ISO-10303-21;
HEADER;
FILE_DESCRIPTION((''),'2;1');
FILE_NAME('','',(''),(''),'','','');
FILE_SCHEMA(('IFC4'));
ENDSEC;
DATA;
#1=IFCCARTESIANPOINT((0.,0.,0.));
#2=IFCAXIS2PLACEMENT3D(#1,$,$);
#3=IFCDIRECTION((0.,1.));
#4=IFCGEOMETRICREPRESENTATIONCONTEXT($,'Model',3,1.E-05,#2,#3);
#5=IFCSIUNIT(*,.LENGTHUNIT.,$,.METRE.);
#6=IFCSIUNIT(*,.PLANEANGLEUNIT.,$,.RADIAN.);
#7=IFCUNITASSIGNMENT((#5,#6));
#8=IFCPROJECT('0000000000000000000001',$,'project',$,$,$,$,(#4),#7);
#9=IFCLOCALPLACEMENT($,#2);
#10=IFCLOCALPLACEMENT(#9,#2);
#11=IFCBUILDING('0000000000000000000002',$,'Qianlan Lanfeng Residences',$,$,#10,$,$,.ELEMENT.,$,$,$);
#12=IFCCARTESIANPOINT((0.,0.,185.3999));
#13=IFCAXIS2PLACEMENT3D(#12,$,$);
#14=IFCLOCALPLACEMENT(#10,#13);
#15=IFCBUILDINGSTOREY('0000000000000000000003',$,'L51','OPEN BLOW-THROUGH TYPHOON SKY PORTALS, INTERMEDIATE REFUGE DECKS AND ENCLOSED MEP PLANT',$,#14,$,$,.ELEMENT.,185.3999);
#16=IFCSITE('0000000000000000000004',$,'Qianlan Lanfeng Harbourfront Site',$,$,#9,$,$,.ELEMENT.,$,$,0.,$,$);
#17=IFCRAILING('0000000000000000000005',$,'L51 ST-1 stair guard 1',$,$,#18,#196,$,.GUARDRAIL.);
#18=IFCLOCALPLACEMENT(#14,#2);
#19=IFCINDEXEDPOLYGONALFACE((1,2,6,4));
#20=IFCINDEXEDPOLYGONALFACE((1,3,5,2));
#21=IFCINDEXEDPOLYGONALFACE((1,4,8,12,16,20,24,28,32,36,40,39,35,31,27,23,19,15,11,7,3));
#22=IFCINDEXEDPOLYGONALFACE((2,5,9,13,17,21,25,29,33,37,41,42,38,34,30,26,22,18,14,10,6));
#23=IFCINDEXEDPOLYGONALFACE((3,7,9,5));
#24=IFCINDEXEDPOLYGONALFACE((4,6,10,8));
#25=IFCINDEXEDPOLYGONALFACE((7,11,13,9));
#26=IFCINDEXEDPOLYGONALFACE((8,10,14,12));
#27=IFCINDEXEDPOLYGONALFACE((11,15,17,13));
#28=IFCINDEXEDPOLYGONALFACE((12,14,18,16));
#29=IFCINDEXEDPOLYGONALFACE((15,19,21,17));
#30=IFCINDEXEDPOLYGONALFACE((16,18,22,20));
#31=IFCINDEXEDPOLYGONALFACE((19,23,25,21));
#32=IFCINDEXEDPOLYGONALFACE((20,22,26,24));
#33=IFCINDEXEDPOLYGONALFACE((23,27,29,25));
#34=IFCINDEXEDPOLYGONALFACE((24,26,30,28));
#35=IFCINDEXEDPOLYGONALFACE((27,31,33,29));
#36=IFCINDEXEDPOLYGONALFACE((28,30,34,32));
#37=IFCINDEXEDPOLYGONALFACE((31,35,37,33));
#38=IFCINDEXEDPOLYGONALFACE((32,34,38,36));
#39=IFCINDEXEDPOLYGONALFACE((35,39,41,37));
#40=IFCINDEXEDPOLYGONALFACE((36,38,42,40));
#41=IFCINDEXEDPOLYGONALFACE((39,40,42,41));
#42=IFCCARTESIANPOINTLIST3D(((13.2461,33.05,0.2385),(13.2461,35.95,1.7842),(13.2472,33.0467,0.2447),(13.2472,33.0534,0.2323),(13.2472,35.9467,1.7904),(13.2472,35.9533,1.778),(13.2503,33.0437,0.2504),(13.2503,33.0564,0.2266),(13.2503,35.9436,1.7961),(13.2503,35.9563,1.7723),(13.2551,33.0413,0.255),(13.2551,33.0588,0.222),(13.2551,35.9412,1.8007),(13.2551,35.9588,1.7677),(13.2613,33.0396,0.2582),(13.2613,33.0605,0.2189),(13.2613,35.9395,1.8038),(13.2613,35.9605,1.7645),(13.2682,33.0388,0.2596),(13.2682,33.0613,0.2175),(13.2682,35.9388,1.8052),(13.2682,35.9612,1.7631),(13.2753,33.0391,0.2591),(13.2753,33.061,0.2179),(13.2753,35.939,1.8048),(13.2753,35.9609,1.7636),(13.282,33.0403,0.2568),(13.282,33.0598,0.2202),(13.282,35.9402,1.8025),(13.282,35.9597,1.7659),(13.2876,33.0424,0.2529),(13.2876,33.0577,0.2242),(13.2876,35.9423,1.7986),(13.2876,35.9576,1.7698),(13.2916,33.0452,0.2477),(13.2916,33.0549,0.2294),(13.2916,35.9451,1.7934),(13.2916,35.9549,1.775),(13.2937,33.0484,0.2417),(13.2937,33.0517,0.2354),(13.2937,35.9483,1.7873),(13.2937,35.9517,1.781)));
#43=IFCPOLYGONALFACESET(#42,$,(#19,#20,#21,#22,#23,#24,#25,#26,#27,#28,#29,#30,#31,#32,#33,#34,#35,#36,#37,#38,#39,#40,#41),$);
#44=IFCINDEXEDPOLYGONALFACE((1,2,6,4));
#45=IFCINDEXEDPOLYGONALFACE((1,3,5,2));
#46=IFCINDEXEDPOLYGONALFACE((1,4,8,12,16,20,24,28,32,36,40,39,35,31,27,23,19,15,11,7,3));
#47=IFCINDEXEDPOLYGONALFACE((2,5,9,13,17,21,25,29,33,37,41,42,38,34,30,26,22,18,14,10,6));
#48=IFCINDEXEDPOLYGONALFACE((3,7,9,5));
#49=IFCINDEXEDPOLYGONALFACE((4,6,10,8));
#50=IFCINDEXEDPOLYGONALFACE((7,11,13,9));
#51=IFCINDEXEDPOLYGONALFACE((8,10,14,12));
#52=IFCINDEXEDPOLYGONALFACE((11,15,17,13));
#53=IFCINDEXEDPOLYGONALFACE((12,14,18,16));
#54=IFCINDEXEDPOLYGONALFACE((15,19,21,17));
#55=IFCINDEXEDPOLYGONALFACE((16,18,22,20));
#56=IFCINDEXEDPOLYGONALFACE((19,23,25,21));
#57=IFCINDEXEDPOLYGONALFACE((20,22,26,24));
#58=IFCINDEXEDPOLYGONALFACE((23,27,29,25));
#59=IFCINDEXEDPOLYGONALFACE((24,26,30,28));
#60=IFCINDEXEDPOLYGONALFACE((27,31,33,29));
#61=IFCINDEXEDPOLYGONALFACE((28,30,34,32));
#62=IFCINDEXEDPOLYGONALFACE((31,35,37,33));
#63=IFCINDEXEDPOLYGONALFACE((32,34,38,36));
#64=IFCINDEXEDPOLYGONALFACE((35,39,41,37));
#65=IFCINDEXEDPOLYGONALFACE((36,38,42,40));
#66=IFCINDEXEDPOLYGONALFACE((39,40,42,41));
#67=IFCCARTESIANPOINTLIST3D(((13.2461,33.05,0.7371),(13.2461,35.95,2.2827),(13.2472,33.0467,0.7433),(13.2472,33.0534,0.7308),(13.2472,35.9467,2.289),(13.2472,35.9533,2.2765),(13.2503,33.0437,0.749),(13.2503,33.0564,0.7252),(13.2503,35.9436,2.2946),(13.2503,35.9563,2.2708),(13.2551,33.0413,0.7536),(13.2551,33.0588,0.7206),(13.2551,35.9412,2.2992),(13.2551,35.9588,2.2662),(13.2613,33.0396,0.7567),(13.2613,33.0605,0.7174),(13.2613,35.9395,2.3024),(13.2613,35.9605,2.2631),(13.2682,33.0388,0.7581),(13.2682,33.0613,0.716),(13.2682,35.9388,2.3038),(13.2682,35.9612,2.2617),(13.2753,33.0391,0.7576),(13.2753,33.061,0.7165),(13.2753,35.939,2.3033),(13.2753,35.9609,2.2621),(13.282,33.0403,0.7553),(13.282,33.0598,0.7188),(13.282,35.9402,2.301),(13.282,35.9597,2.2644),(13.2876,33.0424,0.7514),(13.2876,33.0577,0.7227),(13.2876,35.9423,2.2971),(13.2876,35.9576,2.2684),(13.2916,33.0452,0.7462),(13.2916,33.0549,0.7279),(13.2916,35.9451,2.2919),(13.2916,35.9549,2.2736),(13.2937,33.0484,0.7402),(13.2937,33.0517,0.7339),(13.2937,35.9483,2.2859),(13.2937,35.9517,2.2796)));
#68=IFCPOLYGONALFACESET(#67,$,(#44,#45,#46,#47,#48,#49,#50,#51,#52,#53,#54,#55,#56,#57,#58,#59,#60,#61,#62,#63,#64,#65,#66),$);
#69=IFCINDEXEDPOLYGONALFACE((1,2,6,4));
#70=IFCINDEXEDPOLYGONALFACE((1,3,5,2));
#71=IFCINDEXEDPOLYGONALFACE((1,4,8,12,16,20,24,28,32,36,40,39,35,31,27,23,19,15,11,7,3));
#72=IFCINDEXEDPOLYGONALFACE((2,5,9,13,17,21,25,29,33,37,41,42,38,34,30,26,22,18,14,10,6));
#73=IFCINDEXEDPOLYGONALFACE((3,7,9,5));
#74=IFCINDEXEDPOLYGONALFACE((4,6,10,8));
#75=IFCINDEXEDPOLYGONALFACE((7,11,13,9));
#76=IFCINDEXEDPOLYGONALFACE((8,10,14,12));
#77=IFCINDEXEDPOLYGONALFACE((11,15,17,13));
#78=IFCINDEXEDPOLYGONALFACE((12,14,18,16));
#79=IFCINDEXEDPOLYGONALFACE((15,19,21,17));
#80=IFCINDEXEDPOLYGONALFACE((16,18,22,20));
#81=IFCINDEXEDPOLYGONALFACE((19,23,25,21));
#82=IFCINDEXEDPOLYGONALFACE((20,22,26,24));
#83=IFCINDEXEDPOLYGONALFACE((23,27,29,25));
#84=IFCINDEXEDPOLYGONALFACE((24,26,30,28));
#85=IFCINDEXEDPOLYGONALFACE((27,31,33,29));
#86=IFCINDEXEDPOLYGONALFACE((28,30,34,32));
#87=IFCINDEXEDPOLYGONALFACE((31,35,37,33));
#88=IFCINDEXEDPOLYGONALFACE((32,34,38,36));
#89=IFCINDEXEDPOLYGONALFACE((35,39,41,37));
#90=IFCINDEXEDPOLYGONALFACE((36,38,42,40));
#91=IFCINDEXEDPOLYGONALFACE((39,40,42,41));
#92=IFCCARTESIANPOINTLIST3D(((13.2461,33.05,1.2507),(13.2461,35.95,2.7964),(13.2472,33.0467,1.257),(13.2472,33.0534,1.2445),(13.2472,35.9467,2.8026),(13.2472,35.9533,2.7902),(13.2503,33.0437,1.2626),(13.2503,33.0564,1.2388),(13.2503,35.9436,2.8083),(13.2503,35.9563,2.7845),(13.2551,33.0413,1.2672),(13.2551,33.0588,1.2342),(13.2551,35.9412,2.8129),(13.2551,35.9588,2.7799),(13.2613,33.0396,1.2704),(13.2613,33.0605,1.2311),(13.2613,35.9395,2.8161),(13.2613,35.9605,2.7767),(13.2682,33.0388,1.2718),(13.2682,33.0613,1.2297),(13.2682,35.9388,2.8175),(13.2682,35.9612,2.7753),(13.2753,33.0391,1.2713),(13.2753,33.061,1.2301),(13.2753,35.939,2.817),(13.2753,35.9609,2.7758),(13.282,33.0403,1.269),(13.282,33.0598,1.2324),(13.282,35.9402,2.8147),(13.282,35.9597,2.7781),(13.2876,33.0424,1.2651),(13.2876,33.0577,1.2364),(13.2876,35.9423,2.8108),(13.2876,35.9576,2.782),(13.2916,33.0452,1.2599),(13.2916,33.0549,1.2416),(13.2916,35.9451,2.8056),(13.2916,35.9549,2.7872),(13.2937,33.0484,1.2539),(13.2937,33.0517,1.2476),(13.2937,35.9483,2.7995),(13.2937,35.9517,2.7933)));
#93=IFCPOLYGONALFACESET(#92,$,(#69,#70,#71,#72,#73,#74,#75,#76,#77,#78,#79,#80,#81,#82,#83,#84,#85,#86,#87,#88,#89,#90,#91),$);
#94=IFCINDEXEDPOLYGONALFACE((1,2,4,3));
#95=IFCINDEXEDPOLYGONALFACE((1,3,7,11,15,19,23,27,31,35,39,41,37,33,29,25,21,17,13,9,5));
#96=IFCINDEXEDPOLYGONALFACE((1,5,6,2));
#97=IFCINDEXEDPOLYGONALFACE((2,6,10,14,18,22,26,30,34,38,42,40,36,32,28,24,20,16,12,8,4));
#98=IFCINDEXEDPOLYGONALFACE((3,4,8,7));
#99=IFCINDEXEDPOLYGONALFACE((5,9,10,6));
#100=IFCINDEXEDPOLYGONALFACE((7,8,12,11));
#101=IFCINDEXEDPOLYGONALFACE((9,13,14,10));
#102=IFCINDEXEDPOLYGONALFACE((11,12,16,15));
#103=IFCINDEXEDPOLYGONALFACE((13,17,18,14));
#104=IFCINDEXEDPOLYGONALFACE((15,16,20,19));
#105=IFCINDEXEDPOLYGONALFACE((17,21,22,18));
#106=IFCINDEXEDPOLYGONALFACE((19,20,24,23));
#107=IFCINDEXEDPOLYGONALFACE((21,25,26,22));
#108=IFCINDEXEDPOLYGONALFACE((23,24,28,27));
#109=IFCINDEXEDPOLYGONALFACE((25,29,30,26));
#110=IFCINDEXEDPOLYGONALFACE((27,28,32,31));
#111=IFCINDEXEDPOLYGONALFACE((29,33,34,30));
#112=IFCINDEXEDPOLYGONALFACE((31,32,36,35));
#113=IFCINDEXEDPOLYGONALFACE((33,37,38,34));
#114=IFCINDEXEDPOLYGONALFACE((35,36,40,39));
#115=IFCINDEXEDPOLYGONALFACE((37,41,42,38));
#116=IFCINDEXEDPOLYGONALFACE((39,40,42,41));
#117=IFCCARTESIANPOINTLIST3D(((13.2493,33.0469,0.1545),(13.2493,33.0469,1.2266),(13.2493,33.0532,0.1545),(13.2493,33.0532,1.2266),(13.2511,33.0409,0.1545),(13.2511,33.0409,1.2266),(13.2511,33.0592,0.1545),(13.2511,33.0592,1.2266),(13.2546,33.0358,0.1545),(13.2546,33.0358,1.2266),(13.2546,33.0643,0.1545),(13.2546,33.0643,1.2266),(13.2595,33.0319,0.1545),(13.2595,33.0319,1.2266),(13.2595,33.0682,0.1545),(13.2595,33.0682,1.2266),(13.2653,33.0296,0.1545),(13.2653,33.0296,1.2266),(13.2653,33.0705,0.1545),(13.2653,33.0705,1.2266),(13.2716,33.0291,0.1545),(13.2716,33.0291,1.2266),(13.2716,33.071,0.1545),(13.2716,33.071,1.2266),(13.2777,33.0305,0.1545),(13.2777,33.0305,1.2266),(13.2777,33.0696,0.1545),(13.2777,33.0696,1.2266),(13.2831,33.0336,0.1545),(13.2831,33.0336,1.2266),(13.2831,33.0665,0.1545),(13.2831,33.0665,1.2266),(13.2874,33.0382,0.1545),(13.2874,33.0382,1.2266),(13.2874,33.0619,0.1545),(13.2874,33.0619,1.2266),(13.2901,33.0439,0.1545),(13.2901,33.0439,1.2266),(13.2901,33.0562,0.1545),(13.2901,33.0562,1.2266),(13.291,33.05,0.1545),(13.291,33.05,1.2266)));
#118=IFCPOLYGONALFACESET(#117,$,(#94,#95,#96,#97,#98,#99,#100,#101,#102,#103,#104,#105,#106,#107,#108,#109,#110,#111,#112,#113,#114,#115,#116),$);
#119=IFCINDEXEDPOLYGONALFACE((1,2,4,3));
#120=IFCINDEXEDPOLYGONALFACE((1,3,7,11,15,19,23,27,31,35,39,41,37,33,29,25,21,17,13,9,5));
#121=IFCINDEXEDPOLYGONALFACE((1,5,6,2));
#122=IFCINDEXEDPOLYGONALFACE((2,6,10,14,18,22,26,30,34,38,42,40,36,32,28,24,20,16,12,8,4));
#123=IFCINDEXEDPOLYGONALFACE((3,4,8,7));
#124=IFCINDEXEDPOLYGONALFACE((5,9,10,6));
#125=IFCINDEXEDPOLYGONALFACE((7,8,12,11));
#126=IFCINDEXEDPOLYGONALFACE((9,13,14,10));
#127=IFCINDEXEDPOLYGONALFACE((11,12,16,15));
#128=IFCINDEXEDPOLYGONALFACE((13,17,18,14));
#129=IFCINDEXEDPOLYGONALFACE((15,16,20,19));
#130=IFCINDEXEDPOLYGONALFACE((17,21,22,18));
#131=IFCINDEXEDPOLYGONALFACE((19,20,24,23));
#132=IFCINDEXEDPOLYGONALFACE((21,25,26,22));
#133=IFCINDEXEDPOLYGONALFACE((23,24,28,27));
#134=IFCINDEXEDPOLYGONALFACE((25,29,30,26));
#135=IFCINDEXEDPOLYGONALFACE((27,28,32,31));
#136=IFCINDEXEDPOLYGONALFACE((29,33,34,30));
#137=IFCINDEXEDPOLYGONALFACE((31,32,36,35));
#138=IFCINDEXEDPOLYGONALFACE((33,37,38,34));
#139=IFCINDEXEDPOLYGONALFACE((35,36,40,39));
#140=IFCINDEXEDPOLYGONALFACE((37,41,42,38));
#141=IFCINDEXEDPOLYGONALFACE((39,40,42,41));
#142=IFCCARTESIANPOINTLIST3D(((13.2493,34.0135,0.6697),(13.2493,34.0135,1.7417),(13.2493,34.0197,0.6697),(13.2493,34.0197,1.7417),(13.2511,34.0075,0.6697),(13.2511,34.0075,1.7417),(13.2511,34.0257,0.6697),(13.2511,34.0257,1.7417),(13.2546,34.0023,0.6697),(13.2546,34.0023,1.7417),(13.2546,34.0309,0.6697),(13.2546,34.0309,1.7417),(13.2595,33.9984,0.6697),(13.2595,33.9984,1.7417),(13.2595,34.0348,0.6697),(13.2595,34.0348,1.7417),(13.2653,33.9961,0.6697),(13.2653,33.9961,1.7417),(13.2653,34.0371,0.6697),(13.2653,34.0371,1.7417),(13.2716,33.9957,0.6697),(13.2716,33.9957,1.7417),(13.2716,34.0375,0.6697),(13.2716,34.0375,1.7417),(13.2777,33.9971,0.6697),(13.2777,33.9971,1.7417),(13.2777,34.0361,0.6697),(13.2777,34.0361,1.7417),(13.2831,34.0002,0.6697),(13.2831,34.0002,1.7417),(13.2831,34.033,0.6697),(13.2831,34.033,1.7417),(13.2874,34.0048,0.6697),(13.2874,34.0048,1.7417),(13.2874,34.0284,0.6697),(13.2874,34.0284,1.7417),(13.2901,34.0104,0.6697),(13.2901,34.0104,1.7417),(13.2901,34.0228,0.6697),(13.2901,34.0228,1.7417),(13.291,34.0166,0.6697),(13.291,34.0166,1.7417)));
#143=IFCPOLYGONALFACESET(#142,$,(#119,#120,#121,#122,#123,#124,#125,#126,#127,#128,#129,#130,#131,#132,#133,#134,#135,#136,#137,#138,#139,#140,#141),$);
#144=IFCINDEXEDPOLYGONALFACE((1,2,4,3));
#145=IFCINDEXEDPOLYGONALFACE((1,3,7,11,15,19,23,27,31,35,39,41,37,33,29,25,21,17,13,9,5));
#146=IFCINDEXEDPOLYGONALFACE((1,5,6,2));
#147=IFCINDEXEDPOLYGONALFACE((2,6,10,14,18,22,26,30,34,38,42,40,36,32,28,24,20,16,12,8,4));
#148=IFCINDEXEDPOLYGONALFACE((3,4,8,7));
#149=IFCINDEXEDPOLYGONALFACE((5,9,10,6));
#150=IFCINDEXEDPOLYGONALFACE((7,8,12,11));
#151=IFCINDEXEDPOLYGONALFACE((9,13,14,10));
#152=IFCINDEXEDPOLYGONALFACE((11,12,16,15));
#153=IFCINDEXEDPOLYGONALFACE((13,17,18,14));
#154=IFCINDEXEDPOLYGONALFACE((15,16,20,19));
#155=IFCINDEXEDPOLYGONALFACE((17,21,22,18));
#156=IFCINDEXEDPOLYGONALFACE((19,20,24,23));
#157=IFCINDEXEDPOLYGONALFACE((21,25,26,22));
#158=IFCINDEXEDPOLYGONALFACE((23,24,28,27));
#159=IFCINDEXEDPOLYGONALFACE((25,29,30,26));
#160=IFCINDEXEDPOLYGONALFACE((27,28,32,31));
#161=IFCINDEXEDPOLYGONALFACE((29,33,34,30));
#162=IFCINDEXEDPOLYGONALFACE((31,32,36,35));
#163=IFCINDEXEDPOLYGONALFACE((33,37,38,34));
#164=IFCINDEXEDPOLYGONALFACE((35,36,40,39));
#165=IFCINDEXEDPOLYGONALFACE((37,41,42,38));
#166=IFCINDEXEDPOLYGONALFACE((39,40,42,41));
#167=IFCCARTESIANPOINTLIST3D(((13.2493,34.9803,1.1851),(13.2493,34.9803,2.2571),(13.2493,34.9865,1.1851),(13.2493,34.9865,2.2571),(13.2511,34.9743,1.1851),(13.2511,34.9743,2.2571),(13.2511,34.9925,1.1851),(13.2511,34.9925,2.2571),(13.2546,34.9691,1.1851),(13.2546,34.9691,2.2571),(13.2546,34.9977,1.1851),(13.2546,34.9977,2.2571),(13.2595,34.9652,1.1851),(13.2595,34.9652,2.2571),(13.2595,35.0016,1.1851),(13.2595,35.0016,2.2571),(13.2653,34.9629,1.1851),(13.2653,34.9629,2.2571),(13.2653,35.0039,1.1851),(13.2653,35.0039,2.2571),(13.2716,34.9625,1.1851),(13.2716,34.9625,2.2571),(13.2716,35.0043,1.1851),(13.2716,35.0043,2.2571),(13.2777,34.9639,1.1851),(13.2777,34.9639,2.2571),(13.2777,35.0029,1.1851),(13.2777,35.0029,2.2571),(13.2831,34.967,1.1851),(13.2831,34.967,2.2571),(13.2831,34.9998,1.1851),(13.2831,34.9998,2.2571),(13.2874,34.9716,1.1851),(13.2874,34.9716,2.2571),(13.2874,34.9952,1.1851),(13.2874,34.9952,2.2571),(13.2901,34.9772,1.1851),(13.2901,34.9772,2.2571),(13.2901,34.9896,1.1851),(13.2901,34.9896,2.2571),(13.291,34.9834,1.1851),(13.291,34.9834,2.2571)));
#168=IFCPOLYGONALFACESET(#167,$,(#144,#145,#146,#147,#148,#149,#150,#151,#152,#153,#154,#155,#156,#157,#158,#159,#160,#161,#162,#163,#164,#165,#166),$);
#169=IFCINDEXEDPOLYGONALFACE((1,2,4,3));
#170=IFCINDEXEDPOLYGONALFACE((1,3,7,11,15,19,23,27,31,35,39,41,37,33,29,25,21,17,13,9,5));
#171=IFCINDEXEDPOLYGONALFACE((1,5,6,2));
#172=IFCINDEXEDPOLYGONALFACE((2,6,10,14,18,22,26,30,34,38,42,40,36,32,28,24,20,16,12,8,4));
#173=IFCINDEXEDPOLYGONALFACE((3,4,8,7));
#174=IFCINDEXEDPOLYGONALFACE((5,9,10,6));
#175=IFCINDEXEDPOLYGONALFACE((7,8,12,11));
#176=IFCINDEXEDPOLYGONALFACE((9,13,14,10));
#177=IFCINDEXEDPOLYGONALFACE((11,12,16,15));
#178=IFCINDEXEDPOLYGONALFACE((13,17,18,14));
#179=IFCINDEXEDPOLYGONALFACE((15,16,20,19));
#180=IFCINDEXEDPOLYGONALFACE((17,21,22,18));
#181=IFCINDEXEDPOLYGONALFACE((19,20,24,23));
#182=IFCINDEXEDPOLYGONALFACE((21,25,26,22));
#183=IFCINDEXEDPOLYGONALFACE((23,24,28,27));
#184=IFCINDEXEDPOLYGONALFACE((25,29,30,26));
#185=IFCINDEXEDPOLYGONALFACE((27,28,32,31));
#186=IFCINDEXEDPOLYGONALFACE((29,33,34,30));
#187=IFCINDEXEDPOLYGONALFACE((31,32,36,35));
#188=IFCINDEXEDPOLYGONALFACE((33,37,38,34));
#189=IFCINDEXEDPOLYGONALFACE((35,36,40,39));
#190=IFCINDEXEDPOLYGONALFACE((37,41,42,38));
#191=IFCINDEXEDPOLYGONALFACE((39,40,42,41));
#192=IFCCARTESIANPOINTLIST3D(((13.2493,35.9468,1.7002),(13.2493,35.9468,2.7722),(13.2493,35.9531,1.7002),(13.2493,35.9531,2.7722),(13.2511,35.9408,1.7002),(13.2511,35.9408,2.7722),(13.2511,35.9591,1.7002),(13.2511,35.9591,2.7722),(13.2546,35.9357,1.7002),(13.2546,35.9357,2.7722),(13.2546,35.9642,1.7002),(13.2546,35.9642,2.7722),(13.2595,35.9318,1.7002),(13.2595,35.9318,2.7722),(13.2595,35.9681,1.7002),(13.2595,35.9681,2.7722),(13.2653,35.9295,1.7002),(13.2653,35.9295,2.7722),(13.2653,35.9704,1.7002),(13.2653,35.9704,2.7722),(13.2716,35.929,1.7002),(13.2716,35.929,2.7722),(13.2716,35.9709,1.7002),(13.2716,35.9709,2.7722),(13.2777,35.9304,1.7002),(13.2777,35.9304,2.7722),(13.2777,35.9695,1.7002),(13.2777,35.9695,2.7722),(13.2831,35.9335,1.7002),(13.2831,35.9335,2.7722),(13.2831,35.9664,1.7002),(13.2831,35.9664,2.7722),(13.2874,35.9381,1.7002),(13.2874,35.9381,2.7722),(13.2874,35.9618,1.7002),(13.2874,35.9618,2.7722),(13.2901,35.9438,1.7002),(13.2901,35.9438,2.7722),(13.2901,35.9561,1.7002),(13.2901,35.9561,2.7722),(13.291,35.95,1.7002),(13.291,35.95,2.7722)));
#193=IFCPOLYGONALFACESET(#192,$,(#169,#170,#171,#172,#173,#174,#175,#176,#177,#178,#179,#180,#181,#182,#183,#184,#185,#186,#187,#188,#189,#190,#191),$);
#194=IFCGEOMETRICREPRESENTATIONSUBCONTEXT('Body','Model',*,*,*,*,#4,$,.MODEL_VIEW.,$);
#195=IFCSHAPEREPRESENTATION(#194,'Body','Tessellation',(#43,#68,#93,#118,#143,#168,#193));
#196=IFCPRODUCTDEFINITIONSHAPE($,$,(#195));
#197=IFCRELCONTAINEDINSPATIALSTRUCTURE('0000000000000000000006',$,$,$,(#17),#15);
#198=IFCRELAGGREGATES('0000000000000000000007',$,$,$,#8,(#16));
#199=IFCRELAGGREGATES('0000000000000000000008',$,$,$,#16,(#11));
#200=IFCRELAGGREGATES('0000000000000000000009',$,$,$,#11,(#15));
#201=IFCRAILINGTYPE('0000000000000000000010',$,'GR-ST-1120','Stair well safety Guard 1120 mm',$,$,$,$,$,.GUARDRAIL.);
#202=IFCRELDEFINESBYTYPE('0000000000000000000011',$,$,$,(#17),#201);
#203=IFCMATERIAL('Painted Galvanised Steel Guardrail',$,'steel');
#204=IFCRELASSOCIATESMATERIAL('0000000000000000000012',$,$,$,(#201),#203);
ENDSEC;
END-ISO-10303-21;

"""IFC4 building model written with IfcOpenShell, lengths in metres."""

from ifc_helpers import new_model, si_unit, direction, frame, origin, origin_2d, place, context, subcontext, project, spatial, circle, extrude, material, type_object, element, save


model = new_model("IFC4")

# Units and contexts
model_context = context("Model", 3, precision=1e-05, world=origin(), true_north=direction((0.0, 1.0)))
body_context = subcontext(model_context, "Body", "Model", "MODEL_VIEW")
ifc_project = project(units=[si_unit("LENGTHUNIT", "METRE"), si_unit("PLANEANGLEUNIT", "RADIAN")], contexts=[model_context])

# Site, building, storey
site_placement = place(None, origin())
site = spatial("IfcSite", under=ifc_project, at=site_placement, Name="Qianlan Lanfeng Harbourfront Site", CompositionType="ELEMENT", RefElevation=0.0)
building_placement = place(site_placement, origin())
building = spatial("IfcBuilding", under=site, at=building_placement, Name="Qianlan Lanfeng Residences", CompositionType="ELEMENT")
storey_placement = place(building_placement, frame((0.0, 0.0, 185.3999)))
storey = spatial("IfcBuildingStorey", under=building, at=storey_placement, Name="L51", Description="OPEN BLOW-THROUGH TYPHOON SKY PORTALS, INTERMEDIATE REFUGE DECKS AND ENCLOSED MEP PLANT", CompositionType="ELEMENT", Elevation=185.3999)

# Railing
ifc_material_1 = material(Name="Painted Galvanised Steel Guardrail", Category="steel")
railing_type_1 = type_object("IfcRailingType", Name="GR-ST-1120", Description="Stair well safety Guard 1120 mm", PredefinedType="GUARDRAIL", material=ifc_material_1)
railing_1_placement = place(storey_placement, frame((13.27, 33.05, 0.1545)))
element("IfcRailing", 1, at=railing_1_placement, inside=storey, type_object=railing_type_1, Name="L51 ST-1 stair guard 1", PredefinedType="GUARDRAIL", context=body_context, shape_type="SweptSolid", body=[
    extrude(circle(Radius=0.0239, at=origin_2d()), frame((0.0, 0.0, 0.084), z_axis=(0.0, 0.882474, 0.470361), x_axis=(-1.0, 0.0, 0.0)), (0.0, 0.0, 1.0), 3.2861),
    extrude(circle(Radius=0.0239, at=origin_2d()), frame((0.0, 0.0, 0.5825), z_axis=(0.0, 0.882474, 0.470361), x_axis=(-1.0, 0.0, 0.0)), (0.0, 0.0, 1.0), 3.2861),
    extrude(circle(Radius=0.0239, at=origin_2d()), frame((0.0, 0.0, 1.0962), z_axis=(0.0, 0.882474, 0.470361), x_axis=(-1.0, 0.0, 0.0)), (0.0, 0.0, 1.0), 3.2861),
    extrude(circle(Radius=0.021, at=origin_2d()), origin(), (0.0, 0.0, 1.0), 1.072),
    extrude(circle(Radius=0.021, at=origin_2d()), frame((0.0, 0.9666, 0.5151)), (0.0, 0.0, 1.0), 1.072),
    extrude(circle(Radius=0.021, at=origin_2d()), frame((0.0, 1.9333, 1.0305)), (0.0, 0.0, 1.0), 1.072),
    extrude(circle(Radius=0.021, at=origin_2d()), frame((0.0, 2.8999, 1.5457)), (0.0, 0.0, 1.0), 1.072),
])

save(model, "model.ifc")
